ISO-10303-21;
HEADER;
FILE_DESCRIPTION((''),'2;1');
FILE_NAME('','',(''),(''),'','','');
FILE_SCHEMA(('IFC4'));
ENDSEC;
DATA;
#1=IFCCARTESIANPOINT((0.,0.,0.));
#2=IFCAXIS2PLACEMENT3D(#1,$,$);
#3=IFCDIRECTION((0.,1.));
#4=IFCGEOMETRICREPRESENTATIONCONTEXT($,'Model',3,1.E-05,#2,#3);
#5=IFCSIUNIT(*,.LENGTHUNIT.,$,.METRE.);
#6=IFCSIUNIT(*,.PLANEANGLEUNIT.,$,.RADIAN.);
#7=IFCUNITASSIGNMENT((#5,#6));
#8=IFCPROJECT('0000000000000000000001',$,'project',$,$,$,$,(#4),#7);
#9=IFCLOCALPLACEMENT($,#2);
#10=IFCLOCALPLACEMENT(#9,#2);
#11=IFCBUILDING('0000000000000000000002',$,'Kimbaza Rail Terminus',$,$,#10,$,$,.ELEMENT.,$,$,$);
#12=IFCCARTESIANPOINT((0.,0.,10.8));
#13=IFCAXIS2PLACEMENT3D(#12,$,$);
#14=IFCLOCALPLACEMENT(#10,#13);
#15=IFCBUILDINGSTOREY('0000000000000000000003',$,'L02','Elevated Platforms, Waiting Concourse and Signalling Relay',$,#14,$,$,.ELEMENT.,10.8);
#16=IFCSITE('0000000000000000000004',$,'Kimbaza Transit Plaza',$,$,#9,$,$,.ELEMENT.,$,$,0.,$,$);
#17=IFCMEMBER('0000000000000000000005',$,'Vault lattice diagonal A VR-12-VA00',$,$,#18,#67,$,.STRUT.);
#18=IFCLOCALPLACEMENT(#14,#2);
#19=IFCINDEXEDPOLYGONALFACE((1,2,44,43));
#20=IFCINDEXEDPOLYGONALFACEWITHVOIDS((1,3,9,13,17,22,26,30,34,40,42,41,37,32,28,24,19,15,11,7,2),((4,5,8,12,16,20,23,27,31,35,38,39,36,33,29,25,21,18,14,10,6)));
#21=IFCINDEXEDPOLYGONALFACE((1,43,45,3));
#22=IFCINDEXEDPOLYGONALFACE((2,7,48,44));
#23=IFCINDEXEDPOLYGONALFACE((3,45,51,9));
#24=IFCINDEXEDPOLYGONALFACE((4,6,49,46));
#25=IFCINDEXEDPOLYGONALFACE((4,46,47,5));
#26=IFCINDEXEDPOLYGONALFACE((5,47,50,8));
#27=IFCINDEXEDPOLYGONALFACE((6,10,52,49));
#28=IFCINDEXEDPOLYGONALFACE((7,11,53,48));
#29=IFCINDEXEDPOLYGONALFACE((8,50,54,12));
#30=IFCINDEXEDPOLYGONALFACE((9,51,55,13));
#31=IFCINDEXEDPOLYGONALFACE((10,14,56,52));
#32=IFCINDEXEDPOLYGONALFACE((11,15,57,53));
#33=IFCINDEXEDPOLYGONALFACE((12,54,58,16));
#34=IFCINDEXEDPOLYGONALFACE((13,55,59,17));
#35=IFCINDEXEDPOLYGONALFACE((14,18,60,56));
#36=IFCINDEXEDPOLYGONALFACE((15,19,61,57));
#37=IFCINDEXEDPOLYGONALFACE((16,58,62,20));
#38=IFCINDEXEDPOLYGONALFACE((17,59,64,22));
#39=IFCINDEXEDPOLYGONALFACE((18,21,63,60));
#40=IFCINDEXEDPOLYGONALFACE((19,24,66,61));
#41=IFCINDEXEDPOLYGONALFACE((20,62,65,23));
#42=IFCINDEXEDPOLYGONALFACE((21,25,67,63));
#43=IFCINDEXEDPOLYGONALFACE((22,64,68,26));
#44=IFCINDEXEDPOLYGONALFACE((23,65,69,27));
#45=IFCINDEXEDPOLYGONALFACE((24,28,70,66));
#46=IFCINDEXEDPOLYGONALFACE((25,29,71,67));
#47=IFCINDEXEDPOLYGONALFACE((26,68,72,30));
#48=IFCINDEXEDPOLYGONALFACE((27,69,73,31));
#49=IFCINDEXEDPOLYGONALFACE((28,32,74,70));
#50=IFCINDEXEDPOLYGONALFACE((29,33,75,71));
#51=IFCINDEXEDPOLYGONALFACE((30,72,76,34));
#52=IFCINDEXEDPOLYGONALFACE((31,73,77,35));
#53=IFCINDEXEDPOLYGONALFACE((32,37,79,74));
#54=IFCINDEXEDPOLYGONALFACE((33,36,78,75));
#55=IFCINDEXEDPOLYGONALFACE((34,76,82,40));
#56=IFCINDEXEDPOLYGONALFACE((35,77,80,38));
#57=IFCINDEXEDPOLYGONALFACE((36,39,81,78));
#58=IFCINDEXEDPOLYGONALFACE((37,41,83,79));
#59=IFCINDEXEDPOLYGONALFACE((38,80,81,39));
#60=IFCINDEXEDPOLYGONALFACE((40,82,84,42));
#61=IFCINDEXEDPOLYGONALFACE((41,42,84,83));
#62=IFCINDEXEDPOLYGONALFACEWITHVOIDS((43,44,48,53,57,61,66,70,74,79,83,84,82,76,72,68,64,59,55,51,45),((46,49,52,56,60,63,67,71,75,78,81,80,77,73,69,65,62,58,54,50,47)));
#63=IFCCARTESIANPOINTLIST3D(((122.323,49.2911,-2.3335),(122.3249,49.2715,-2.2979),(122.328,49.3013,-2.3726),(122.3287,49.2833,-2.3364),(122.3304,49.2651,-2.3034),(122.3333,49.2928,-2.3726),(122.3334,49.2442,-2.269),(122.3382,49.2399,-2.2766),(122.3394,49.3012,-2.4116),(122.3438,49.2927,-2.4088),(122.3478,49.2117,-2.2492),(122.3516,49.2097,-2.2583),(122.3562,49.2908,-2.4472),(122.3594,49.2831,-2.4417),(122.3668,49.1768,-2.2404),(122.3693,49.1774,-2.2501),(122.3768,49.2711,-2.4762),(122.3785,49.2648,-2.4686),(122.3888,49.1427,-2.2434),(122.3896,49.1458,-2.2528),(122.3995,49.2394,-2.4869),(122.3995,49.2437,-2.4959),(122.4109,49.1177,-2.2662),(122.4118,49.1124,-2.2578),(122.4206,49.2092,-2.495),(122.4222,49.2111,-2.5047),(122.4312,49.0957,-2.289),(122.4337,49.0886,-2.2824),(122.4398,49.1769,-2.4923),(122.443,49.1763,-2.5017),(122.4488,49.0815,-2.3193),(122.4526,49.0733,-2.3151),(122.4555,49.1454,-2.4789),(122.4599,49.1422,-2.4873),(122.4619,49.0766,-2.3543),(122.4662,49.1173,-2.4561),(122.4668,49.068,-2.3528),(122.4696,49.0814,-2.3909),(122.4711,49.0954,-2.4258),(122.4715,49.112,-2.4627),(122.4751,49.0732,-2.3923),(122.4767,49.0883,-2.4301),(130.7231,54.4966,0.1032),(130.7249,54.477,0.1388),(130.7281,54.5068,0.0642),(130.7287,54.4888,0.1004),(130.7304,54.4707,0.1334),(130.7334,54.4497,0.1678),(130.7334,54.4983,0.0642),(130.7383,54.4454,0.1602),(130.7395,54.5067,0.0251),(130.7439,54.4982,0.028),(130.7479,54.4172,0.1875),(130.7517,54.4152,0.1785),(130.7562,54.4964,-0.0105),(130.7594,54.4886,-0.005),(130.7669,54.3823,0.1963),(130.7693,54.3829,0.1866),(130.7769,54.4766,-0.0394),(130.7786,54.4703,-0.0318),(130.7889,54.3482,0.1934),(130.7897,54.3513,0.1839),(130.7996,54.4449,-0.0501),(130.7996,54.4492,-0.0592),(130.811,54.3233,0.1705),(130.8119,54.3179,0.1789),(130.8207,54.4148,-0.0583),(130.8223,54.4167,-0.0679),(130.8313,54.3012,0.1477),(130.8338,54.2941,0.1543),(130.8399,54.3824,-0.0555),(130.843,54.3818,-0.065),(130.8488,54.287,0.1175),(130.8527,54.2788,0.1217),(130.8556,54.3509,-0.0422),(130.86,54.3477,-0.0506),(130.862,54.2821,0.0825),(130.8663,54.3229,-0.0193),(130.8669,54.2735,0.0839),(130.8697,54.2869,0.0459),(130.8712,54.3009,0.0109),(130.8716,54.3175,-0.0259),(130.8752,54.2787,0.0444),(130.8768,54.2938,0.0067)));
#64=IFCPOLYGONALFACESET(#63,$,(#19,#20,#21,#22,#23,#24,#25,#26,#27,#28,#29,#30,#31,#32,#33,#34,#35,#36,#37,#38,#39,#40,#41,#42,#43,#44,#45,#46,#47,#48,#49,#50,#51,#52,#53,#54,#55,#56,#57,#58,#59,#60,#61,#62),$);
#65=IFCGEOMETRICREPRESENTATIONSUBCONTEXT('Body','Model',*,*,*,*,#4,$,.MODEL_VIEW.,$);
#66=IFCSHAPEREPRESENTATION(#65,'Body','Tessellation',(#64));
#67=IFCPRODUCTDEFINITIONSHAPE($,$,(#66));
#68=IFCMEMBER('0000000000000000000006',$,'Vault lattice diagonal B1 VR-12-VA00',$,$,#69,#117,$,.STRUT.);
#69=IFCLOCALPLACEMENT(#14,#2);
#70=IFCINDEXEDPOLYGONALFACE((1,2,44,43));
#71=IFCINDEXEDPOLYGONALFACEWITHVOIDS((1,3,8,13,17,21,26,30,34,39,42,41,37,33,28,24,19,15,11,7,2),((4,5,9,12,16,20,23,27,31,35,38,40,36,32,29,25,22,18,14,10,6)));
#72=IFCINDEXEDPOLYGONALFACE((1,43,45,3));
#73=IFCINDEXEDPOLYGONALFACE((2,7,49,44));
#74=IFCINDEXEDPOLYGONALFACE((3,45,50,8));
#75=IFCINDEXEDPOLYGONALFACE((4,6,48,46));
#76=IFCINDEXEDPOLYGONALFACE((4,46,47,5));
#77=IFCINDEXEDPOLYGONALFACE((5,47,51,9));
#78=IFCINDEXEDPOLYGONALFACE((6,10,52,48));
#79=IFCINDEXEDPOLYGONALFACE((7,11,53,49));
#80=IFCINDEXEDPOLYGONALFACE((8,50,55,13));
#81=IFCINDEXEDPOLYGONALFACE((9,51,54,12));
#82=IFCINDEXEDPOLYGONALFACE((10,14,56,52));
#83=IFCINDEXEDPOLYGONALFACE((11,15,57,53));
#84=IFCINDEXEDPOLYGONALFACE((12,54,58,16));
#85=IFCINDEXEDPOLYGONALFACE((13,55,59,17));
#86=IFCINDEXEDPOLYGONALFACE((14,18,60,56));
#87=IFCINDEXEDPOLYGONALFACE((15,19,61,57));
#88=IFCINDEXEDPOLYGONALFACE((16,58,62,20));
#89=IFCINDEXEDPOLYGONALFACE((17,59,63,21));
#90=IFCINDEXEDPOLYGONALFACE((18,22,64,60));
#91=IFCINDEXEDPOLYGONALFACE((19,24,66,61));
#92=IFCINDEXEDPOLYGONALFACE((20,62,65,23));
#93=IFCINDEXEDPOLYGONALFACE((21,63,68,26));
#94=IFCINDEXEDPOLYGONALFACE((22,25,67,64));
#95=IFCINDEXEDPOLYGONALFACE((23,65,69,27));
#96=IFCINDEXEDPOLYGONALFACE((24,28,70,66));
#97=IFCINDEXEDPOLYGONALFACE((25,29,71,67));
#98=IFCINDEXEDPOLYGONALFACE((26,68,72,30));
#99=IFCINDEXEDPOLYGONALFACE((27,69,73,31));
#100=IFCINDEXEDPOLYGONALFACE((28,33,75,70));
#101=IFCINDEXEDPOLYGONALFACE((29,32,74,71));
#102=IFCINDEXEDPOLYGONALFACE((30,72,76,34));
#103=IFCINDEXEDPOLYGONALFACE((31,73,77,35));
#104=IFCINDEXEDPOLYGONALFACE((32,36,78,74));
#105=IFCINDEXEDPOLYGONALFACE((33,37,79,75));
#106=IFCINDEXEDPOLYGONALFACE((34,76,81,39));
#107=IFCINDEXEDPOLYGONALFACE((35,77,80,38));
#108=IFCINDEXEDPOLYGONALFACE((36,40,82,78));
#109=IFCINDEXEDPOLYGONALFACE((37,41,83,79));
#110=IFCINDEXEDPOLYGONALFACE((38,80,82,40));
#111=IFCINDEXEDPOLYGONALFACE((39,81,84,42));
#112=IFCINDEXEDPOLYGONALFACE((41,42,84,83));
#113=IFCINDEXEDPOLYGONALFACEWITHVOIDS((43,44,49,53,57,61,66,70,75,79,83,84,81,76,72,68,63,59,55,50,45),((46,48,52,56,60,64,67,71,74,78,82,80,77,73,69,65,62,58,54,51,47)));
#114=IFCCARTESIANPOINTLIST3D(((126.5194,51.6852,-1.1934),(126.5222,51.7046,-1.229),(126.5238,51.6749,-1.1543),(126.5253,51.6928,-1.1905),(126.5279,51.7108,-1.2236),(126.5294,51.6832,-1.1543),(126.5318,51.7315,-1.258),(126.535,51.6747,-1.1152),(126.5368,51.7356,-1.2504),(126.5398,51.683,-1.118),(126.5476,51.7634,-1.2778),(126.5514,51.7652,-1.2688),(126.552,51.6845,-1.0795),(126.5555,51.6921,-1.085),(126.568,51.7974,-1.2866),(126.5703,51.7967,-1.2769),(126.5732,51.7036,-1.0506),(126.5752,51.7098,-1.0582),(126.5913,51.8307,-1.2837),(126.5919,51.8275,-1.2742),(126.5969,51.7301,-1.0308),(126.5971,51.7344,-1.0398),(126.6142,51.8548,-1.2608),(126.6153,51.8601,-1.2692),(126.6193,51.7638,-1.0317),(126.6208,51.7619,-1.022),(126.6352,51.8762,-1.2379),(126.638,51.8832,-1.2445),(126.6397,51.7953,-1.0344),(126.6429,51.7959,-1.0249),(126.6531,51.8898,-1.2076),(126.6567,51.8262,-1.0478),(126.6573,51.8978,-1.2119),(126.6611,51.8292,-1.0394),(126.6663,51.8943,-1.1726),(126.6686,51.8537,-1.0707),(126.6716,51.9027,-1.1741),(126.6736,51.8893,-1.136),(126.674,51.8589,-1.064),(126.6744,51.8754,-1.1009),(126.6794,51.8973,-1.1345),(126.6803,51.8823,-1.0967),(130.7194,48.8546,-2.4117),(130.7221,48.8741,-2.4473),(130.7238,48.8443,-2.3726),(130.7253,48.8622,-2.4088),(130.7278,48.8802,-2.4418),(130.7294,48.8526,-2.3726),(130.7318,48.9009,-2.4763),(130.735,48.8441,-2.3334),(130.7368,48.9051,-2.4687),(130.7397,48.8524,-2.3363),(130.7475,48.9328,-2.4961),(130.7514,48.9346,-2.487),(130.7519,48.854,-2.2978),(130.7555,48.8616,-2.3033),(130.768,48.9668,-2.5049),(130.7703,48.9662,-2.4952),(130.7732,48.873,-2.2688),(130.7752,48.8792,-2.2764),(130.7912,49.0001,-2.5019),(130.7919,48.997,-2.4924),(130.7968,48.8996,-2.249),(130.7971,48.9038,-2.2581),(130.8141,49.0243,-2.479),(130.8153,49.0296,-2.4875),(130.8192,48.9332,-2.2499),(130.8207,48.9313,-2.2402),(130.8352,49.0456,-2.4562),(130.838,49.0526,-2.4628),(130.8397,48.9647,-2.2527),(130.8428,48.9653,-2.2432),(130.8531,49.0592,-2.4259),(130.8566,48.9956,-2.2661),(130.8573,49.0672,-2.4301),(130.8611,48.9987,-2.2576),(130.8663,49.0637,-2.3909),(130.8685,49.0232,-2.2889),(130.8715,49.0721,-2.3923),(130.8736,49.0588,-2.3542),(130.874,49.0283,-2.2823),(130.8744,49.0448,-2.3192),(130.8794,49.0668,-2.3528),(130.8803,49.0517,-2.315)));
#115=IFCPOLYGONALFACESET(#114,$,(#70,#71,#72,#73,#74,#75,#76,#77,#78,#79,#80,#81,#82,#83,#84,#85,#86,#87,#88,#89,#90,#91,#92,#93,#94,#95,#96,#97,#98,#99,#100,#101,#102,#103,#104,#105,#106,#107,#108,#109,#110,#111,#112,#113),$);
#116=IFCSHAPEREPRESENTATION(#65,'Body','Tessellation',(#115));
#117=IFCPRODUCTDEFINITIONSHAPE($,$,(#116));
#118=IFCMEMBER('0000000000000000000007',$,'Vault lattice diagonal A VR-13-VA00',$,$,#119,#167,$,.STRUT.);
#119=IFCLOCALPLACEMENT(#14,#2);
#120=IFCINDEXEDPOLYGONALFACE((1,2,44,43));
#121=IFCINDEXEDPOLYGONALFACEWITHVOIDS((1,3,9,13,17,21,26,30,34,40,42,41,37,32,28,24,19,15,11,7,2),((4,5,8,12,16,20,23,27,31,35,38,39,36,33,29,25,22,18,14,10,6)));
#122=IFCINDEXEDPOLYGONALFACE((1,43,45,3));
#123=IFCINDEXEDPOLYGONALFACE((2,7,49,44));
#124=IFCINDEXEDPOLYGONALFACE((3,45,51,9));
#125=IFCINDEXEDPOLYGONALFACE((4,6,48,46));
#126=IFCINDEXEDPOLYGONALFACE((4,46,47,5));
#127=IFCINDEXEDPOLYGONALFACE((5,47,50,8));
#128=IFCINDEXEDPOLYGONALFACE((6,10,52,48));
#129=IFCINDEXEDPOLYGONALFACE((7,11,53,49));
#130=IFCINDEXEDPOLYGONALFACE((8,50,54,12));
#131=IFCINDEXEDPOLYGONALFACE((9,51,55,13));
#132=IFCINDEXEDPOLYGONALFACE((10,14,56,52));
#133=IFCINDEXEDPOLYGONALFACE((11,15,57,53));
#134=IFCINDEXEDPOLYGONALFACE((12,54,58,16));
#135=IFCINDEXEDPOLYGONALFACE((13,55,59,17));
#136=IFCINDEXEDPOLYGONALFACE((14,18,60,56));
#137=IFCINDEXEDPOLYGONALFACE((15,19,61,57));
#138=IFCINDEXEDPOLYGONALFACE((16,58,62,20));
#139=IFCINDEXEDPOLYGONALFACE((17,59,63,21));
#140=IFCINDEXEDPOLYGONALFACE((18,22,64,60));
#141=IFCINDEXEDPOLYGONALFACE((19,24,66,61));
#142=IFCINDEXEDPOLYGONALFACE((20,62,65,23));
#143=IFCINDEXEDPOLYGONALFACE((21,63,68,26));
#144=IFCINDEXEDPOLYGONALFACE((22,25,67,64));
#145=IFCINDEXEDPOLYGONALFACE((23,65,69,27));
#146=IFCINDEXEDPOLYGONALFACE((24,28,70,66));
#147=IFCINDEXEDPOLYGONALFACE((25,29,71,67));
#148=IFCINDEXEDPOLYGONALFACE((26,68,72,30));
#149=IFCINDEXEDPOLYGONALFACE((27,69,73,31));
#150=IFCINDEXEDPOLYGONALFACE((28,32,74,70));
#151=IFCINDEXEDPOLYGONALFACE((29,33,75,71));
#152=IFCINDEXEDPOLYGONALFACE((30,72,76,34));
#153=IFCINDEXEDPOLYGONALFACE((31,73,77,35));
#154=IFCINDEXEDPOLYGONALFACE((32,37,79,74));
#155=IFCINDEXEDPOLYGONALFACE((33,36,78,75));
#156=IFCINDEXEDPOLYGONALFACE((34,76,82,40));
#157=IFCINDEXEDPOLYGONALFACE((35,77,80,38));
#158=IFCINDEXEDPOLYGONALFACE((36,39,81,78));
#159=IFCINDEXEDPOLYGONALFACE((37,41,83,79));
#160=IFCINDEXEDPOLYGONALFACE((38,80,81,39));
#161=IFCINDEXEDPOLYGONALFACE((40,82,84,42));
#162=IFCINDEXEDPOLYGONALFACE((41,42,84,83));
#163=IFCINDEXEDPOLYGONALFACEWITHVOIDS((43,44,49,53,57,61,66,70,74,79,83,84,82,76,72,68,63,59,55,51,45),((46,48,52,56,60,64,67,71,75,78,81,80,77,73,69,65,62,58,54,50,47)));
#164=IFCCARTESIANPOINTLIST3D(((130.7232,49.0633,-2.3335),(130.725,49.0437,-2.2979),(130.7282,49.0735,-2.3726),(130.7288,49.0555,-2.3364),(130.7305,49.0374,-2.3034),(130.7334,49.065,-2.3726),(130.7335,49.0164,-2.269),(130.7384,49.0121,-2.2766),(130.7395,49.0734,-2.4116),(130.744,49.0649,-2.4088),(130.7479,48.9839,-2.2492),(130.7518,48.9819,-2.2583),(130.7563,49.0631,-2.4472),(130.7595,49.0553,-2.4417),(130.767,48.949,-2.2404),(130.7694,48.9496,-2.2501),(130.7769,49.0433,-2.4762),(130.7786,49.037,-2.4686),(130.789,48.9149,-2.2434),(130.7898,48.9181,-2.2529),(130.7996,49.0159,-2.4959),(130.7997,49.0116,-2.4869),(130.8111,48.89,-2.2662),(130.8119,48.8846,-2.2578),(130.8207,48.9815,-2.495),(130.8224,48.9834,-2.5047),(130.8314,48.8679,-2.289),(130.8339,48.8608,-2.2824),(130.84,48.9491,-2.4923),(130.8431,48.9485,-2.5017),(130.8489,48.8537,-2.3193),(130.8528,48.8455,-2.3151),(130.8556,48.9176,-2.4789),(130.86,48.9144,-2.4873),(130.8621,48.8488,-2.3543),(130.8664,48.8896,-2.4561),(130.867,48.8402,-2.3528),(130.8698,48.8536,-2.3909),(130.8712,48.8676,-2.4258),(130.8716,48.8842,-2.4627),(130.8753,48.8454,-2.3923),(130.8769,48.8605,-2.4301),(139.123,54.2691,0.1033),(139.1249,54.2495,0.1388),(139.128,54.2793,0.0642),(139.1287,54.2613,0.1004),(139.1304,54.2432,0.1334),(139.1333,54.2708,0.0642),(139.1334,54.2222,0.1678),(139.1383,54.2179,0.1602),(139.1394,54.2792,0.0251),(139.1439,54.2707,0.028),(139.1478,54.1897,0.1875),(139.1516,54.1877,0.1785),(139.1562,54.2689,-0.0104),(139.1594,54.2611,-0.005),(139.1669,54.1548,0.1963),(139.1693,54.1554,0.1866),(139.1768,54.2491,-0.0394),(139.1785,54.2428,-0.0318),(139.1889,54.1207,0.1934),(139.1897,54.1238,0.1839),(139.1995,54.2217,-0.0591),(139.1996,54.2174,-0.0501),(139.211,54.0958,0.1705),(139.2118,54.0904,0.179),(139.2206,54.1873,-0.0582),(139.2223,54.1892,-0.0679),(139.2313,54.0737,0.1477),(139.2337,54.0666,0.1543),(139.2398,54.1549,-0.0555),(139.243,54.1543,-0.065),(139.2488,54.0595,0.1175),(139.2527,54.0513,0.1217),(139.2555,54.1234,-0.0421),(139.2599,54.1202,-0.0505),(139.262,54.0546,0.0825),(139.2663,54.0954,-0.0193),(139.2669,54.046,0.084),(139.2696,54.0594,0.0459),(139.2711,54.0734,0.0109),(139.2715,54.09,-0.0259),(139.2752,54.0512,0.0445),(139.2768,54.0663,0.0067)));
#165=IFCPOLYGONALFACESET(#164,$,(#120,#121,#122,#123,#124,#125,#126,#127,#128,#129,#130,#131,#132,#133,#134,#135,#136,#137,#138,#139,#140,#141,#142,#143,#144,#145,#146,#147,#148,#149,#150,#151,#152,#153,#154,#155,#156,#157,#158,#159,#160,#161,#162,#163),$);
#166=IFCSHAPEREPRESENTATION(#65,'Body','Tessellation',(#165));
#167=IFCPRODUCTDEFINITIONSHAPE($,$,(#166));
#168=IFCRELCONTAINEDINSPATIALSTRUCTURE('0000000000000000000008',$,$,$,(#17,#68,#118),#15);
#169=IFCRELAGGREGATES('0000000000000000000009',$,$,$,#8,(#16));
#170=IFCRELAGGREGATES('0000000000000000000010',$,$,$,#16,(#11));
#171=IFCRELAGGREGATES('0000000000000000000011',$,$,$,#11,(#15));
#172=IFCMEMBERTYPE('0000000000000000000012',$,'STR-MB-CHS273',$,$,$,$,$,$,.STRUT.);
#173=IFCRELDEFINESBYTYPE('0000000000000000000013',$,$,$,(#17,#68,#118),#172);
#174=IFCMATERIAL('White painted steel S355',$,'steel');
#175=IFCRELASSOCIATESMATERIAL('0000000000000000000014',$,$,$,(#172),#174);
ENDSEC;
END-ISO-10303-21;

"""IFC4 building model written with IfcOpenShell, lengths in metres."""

from ifc_helpers import new_model, si_unit, direction, frame, origin, origin_2d, place, context, subcontext, project, spatial, hollow_circle, extrude, material, material_profile, profile_set, type_object, element, save


model = new_model("IFC4")

# Units and contexts
model_context = context("Model", 3, precision=1e-05, world=origin(), true_north=direction((0.0, 1.0)))
body_context = subcontext(model_context, "Body", "Model", "MODEL_VIEW")
ifc_project = project(units=[si_unit("LENGTHUNIT", "METRE"), si_unit("PLANEANGLEUNIT", "RADIAN")], contexts=[model_context])

# Site, building, storey
site_placement = place(None, origin())
site = spatial("IfcSite", under=ifc_project, at=site_placement, Name="Kimbaza Transit Plaza", CompositionType="ELEMENT", RefElevation=0.0)
building_placement = place(site_placement, origin())
building = spatial("IfcBuilding", under=site, at=building_placement, Name="Kimbaza Rail Terminus", CompositionType="ELEMENT")
storey_placement = place(building_placement, frame((0.0, 0.0, 10.8)))
storey = spatial("IfcBuildingStorey", under=building, at=storey_placement, Name="L02", Description="Elevated Platforms, Waiting Concourse and Signalling Relay", CompositionType="ELEMENT", Elevation=10.8)

# Members
ifc_material_1 = material(Name="White painted steel S355", Category="steel")
ifc_material_profile_1 = material_profile(ifc_material_1, hollow_circle(Radius=0.1365, WallThickness=0.01, at=origin_2d()), Name="CHS 273x10")
ifc_profile_set_1 = profile_set([ifc_material_profile_1], Name="White painted steel S355")
member_type_1 = type_object("IfcMemberType", Name="STR-MB-CHS273", PredefinedType="STRUT", material=ifc_profile_set_1)
member_1_placement = place(storey_placement, frame((122.3999, 49.1853, -2.3726), z_axis=(0.825298, 0.511437, 0.239408), x_axis=(-0.526755, 0.850017, 0.0)))
element("IfcMember", 1, at=member_1_placement, inside=storey, type_object=member_type_1, Name="Vault lattice diagonal A VR-12-VA00", PredefinedType="STRUT", context=body_context, shape_type="SweptSolid", body=[
    extrude(hollow_circle(Radius=0.1365, WallThickness=0.01, at=origin_2d()), origin(), (0.0, 0.0, 1.0), 10.1782),
])
member_2_placement = place(storey_placement, frame((130.8, 48.9575, -2.3726), z_axis=(-0.806255, 0.543377, 0.233867), x_axis=(-0.558876, -0.829251, 0.0)))
element("IfcMember", 2, at=member_2_placement, inside=storey, type_object=member_type_1, Name="Vault lattice diagonal B1 VR-12-VA00", PredefinedType="STRUT", context=body_context, shape_type="SweptSolid", body=[
    extrude(hollow_circle(Radius=0.1365, WallThickness=0.01, at=origin_2d()), origin(), (0.0, 0.0, 1.0), 5.2092),
])
member_3_placement = place(storey_placement, frame((130.8, 48.9575, -2.3726), z_axis=(0.82528, 0.511464, 0.239409), x_axis=(-0.526784, 0.849999, 0.0)))
element("IfcMember", 3, at=member_3_placement, inside=storey, type_object=member_type_1, Name="Vault lattice diagonal A VR-13-VA00", PredefinedType="STRUT", context=body_context, shape_type="SweptSolid", body=[
    extrude(hollow_circle(Radius=0.1365, WallThickness=0.01, at=origin_2d()), origin(), (0.0, 0.0, 1.0), 10.1782),
])

save(model, "model.ifc")
